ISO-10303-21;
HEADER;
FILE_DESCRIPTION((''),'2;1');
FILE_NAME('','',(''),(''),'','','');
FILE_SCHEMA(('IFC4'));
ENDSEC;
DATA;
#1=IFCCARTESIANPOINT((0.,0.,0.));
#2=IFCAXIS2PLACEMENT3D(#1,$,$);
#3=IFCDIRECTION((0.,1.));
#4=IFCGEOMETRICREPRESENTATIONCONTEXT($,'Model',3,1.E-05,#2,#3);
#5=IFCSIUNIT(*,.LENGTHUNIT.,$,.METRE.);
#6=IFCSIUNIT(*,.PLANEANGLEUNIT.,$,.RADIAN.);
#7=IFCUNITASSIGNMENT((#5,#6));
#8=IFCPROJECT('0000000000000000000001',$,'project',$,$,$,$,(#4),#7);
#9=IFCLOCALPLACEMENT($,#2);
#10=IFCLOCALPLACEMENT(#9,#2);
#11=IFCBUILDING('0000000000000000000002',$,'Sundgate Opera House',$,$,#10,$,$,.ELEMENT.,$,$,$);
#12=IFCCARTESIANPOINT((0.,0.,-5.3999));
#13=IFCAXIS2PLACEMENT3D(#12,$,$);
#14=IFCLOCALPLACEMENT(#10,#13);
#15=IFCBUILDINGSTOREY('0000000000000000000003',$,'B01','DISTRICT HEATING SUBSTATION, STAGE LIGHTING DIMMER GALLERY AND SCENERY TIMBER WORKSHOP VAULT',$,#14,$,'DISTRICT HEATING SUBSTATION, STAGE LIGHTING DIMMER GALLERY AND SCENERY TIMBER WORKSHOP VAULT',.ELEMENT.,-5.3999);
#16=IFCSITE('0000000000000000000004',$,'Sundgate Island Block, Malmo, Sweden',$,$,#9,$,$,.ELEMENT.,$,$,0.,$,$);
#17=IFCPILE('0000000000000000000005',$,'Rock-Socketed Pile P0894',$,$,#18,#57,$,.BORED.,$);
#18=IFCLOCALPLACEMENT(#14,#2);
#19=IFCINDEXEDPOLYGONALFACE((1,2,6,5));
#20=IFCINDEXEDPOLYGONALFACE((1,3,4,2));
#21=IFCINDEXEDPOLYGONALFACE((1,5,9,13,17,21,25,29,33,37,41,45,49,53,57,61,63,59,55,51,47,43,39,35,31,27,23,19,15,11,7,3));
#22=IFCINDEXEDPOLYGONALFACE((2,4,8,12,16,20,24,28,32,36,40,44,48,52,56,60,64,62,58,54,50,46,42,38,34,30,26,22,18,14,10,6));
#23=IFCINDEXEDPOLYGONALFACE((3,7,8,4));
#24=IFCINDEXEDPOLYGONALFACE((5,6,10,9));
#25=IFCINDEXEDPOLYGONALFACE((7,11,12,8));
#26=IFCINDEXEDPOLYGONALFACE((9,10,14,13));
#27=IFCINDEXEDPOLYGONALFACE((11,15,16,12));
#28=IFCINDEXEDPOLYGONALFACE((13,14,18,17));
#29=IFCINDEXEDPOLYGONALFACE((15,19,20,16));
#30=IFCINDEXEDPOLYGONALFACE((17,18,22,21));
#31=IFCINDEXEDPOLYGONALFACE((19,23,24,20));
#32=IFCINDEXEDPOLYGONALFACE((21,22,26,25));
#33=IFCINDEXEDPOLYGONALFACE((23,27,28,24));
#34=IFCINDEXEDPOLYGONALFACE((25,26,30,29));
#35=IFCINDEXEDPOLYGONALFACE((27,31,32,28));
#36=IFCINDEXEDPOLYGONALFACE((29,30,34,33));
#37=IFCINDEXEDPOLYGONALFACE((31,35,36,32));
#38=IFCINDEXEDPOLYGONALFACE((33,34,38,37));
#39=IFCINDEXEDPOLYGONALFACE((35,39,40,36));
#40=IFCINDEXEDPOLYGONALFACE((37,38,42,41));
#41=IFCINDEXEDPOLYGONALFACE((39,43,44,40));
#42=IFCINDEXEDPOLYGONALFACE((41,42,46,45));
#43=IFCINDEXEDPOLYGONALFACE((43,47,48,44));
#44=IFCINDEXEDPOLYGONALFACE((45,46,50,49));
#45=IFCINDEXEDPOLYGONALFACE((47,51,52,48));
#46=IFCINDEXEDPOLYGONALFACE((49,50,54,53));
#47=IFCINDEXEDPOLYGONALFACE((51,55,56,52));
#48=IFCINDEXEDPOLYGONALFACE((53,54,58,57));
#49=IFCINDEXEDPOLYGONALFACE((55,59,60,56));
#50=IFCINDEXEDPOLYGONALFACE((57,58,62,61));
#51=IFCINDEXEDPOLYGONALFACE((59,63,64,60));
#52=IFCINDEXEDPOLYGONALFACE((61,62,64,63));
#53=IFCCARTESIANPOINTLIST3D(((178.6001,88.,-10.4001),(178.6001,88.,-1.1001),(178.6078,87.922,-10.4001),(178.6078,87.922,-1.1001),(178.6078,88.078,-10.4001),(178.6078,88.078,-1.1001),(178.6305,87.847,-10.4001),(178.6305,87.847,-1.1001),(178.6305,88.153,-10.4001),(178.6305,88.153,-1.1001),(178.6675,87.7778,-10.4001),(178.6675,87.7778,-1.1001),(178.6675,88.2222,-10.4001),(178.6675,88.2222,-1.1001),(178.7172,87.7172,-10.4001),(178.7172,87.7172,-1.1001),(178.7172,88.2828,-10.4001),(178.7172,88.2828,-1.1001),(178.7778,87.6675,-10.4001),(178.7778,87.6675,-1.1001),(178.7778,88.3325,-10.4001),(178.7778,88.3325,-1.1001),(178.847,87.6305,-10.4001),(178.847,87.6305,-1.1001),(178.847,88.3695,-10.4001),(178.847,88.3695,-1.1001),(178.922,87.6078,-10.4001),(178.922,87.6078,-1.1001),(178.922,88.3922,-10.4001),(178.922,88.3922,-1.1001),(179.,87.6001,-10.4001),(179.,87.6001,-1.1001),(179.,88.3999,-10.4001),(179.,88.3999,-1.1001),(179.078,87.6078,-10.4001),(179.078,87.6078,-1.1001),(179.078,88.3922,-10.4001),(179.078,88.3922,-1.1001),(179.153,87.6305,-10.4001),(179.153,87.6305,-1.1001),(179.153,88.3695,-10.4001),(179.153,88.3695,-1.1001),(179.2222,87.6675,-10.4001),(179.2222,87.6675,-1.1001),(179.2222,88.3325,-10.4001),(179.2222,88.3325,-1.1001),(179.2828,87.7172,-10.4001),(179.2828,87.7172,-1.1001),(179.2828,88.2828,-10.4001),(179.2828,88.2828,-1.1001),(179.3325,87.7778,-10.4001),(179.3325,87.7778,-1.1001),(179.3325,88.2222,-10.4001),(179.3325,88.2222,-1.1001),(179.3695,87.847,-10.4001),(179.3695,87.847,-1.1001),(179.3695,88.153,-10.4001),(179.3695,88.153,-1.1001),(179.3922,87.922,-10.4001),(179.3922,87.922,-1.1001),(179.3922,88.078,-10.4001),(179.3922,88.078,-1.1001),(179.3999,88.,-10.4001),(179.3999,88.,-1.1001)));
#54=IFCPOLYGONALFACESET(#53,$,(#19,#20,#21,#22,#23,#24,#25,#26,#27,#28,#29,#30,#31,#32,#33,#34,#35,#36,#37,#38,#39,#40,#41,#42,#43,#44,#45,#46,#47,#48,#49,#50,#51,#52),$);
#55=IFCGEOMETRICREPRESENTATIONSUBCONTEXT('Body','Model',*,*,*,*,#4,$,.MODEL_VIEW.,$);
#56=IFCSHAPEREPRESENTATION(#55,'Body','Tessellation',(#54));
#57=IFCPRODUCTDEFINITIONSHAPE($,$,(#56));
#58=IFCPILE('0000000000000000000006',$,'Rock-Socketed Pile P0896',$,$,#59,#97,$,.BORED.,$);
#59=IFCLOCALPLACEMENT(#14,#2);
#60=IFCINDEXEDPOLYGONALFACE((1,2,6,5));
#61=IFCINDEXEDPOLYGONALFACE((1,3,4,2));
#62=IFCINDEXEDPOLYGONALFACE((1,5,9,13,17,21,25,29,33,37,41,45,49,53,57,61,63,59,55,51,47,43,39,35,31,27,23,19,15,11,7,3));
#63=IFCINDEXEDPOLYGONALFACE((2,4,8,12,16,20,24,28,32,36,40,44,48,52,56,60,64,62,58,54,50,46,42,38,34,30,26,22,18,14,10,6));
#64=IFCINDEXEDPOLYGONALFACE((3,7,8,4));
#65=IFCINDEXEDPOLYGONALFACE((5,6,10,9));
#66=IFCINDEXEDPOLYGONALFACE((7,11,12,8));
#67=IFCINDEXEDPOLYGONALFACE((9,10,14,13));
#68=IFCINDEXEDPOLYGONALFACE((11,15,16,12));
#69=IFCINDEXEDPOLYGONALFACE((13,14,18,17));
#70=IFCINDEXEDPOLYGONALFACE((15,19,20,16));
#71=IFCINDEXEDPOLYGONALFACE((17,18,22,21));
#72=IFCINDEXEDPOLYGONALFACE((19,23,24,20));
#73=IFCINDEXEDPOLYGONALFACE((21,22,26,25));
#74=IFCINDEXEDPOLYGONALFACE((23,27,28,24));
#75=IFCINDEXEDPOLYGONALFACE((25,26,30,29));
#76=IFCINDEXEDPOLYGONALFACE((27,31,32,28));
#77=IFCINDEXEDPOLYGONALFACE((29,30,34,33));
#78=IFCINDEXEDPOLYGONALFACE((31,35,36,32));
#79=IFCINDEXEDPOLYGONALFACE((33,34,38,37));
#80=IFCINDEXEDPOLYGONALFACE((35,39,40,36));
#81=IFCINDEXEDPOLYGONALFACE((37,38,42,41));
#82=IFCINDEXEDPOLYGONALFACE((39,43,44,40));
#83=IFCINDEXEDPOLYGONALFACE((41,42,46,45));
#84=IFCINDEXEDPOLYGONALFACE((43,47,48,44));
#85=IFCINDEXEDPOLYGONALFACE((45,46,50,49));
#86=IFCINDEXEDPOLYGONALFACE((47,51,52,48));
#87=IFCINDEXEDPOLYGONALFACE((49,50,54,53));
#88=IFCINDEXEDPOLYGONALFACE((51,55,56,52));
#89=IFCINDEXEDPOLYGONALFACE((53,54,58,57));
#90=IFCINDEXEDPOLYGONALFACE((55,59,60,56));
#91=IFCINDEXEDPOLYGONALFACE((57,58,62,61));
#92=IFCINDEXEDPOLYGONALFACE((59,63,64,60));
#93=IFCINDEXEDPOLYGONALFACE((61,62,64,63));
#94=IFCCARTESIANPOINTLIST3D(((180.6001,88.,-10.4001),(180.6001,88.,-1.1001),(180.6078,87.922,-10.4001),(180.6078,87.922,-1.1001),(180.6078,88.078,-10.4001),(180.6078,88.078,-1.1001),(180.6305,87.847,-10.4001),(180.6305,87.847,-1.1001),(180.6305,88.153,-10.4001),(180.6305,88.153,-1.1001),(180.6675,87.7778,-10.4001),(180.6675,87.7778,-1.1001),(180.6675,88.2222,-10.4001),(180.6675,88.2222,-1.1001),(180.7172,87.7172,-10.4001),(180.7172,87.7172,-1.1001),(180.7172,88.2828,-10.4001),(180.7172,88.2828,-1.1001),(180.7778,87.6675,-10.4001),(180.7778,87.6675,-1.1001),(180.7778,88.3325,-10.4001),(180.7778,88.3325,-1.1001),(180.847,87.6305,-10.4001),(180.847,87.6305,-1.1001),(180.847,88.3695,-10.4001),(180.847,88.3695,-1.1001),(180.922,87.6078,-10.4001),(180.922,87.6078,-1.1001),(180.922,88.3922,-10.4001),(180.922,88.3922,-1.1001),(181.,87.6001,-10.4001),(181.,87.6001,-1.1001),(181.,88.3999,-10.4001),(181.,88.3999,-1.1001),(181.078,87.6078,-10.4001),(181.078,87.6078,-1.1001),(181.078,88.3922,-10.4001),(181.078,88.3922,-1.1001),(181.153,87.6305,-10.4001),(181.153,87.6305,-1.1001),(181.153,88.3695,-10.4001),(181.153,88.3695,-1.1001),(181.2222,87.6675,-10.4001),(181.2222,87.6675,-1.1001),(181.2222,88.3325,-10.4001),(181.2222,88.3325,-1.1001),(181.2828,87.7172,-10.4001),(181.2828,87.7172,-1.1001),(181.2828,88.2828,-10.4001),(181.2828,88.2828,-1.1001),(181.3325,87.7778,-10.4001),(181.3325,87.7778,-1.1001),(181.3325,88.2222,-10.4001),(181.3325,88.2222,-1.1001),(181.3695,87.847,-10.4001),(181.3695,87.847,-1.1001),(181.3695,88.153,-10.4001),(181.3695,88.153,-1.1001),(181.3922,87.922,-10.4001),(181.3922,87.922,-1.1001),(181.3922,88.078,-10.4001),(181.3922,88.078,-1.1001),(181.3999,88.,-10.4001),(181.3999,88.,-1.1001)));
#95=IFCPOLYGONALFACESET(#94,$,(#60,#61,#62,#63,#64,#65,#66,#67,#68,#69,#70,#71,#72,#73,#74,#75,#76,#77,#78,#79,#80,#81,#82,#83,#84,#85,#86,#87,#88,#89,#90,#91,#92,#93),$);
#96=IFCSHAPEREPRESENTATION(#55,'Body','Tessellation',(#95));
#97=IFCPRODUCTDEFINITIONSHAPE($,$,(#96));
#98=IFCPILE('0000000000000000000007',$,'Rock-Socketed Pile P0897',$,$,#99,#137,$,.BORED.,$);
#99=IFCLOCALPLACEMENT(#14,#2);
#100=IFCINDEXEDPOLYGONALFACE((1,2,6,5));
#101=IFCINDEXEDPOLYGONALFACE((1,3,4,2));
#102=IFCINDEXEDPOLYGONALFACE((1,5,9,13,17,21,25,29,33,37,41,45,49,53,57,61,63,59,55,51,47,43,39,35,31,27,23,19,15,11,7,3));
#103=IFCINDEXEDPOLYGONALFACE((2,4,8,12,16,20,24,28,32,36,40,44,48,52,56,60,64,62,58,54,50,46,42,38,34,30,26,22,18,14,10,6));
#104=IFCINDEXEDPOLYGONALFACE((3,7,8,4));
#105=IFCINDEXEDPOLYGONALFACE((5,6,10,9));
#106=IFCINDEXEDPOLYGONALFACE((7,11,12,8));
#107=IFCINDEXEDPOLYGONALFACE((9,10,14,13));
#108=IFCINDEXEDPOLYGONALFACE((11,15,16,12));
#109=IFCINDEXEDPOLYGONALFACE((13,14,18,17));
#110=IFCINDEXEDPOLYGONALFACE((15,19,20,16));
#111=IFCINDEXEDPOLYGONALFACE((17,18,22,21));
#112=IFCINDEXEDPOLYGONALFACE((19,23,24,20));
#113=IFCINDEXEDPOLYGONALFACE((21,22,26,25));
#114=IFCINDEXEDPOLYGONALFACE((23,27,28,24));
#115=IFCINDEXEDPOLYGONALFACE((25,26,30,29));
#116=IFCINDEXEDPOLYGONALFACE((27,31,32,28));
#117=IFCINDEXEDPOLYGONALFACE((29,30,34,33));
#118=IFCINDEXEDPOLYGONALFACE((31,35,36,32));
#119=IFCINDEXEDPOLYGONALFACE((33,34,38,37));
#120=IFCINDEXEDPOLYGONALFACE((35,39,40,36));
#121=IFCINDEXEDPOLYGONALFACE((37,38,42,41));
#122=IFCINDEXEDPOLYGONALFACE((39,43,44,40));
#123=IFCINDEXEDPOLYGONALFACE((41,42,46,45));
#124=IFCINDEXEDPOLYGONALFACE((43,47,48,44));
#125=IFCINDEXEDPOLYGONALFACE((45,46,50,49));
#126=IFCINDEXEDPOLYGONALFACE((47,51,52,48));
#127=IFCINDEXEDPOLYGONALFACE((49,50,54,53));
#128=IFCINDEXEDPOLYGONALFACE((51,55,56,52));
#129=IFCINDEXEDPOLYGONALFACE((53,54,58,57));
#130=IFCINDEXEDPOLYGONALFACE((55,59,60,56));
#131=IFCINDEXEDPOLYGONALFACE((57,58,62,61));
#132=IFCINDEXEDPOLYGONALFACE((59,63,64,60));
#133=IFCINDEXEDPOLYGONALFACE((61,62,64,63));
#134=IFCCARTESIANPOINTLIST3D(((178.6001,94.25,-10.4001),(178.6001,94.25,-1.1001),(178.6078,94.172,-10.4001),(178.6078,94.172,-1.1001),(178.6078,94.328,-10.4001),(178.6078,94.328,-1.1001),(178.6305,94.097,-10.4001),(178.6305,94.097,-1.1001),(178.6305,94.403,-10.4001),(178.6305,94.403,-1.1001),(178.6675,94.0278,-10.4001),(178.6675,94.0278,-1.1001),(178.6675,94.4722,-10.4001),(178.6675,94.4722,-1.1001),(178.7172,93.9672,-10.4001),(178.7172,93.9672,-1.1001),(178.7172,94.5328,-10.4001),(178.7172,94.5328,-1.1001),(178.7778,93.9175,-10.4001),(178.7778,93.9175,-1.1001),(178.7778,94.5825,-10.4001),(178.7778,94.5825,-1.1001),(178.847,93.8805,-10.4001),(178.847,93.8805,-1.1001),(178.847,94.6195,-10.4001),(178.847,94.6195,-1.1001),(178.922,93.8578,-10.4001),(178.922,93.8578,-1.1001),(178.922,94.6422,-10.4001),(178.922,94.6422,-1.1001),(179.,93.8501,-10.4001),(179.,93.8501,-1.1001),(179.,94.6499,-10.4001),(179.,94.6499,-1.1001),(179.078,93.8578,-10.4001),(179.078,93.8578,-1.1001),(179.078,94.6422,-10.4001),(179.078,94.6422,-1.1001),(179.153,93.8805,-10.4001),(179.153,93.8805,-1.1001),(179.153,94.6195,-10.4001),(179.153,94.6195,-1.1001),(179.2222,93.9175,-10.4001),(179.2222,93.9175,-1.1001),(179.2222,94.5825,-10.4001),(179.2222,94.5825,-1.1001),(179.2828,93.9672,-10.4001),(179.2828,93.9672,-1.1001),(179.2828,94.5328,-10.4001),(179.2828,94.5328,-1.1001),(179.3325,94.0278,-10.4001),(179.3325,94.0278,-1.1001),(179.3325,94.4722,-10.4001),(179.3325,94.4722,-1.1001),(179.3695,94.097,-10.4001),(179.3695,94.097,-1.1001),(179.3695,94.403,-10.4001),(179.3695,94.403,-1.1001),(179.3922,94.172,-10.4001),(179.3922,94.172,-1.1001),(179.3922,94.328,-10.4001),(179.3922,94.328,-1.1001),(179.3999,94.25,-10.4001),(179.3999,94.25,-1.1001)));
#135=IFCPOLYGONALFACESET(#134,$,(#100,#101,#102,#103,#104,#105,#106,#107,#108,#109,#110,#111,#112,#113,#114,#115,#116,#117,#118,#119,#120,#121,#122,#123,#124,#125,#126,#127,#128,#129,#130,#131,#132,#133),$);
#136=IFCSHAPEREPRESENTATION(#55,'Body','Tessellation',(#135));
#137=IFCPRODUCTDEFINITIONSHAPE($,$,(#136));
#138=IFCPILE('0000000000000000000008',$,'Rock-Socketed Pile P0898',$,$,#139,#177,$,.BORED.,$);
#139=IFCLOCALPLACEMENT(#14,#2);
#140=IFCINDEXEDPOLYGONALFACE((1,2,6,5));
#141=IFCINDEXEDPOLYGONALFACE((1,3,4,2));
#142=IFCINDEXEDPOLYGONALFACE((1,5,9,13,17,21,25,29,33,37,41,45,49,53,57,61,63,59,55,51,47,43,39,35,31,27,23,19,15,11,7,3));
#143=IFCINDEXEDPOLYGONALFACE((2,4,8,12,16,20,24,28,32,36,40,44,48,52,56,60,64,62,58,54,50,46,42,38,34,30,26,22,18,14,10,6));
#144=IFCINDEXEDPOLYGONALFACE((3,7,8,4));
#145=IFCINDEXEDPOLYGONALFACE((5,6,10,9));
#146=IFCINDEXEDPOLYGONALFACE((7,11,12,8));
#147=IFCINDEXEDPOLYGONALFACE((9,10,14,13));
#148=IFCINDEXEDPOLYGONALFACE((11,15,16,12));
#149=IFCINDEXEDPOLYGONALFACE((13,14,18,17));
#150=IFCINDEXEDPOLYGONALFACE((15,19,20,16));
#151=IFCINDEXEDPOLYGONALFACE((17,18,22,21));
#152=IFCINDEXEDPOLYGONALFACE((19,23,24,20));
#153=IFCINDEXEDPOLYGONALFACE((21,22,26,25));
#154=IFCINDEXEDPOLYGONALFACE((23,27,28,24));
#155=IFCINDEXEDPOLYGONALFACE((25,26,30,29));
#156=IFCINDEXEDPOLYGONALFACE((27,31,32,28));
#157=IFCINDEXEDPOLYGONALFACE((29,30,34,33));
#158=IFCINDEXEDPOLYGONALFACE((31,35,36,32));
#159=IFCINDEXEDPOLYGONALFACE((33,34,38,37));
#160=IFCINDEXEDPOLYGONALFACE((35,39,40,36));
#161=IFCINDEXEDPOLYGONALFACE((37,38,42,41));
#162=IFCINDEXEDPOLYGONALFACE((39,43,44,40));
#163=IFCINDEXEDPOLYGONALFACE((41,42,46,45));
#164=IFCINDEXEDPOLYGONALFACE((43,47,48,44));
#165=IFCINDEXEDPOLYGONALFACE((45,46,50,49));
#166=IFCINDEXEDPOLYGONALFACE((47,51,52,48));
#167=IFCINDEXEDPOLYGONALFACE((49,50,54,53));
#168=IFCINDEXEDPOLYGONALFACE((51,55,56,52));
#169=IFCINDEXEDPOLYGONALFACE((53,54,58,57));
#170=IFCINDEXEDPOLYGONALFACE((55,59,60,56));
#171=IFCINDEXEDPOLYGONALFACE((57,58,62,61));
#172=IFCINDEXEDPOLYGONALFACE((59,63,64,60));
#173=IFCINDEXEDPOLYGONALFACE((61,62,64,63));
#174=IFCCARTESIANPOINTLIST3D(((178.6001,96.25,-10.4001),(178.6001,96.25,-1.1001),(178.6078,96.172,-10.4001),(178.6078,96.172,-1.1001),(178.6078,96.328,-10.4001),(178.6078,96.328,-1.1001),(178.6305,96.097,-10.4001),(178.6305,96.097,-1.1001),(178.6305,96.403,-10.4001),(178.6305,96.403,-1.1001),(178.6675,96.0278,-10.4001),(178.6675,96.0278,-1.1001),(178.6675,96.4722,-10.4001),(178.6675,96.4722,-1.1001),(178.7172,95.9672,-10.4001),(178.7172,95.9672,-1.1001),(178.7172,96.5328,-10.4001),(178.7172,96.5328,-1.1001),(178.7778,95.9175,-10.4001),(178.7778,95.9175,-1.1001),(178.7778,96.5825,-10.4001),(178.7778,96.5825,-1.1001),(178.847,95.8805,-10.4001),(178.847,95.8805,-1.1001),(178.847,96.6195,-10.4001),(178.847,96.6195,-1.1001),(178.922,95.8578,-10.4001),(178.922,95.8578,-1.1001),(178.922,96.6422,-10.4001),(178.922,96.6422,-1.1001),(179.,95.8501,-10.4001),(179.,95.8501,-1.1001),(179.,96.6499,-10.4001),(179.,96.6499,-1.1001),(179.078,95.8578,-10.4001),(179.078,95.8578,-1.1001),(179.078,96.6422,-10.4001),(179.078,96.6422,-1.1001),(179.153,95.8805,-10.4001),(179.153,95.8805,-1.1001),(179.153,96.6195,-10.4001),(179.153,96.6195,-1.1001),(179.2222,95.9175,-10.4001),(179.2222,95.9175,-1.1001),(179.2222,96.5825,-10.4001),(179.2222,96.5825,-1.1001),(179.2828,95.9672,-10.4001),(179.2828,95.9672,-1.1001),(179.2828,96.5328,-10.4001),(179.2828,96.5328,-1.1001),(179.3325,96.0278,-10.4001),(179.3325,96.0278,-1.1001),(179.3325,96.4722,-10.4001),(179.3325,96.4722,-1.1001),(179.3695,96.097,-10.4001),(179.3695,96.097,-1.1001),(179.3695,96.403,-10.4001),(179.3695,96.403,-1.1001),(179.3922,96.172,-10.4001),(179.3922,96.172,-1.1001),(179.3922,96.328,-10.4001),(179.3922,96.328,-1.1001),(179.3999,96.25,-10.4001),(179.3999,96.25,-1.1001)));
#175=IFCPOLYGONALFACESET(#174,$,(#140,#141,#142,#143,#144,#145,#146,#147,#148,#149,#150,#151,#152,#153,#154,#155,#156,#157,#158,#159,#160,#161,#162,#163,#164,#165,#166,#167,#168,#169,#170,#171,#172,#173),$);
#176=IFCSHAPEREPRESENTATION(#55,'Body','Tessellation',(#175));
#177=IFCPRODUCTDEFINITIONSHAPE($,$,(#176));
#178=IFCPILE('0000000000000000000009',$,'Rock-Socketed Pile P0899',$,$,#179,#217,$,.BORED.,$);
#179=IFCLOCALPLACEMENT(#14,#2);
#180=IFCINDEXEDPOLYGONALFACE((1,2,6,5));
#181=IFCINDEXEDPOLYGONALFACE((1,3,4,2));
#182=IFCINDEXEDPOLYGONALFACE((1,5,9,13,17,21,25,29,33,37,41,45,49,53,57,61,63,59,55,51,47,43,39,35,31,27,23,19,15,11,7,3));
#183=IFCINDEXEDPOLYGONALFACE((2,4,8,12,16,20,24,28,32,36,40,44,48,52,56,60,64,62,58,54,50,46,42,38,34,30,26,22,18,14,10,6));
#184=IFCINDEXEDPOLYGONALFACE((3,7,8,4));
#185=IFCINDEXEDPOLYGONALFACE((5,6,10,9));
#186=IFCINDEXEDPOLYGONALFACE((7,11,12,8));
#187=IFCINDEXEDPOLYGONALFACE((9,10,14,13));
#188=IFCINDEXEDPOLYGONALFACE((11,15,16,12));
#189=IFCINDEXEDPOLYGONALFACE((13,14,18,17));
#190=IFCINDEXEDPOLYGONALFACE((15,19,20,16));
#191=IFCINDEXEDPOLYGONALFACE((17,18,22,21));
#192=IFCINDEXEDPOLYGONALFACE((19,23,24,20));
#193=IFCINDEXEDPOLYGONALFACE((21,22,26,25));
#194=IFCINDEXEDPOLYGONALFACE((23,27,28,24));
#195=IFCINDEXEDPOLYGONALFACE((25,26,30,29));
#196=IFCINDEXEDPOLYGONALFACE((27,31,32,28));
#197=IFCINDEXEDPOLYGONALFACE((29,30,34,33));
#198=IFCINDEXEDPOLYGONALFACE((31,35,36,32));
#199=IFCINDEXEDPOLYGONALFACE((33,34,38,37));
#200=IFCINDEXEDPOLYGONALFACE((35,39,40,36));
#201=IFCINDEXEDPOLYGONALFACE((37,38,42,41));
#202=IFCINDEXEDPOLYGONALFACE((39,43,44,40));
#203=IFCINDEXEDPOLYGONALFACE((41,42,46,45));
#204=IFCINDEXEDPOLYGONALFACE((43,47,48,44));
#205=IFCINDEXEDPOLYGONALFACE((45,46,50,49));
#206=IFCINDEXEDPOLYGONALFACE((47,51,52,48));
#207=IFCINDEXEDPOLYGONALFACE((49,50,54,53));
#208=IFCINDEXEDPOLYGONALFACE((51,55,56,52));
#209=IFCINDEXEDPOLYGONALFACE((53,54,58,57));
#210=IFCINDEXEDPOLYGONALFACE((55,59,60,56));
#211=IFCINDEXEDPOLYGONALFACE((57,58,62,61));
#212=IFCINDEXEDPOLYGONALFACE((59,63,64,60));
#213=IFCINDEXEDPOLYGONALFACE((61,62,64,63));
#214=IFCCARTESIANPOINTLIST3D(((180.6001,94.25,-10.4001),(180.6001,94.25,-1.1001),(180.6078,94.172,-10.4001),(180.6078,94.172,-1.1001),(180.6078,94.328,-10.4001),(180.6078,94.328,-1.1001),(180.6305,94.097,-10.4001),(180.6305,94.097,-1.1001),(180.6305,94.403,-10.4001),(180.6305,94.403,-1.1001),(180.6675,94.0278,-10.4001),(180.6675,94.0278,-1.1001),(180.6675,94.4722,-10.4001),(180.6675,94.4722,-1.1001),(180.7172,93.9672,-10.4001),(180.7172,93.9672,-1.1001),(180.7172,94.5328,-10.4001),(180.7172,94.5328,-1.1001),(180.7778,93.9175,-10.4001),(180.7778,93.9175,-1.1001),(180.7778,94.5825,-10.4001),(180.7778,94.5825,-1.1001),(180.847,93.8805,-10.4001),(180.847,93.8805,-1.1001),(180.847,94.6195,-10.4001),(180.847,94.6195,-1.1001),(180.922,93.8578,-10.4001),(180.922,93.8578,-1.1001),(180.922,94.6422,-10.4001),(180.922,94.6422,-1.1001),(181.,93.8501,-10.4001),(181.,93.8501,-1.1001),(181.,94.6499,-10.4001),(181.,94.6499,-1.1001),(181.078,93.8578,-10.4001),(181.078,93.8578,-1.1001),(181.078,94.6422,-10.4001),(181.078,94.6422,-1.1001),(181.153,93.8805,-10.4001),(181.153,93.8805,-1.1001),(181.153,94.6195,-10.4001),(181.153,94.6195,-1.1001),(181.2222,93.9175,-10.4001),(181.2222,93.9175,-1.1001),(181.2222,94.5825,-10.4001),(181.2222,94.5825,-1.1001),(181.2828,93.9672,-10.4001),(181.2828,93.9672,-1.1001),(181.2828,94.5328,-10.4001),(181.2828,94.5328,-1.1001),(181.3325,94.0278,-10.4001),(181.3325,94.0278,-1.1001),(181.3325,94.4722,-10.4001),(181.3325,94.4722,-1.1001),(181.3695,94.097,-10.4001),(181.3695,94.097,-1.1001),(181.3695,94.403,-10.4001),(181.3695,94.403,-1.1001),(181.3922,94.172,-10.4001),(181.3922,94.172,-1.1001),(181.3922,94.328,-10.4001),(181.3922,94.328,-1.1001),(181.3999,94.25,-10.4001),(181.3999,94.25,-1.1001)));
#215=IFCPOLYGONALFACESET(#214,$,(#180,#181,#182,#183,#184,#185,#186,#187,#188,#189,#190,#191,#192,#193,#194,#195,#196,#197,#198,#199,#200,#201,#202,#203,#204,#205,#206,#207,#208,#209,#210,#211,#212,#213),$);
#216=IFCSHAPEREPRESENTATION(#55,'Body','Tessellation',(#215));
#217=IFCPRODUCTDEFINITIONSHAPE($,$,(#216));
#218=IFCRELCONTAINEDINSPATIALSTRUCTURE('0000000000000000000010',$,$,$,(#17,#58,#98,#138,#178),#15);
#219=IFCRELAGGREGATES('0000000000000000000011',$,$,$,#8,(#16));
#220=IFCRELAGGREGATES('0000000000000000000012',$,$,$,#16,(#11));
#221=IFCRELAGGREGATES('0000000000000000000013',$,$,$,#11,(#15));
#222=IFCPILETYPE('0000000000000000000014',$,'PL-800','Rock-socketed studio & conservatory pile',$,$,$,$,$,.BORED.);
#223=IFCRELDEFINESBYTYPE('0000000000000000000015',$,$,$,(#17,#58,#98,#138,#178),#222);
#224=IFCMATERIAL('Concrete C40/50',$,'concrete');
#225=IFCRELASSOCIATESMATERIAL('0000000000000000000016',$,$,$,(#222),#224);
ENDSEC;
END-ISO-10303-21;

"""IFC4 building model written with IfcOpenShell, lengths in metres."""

from ifc_helpers import new_model, si_unit, direction, frame, origin, origin_2d, place, context, subcontext, project, spatial, circle, extrude, material, material_profile, profile_set, type_object, element, save


model = new_model("IFC4")

# Units and contexts
model_context = context("Model", 3, precision=1e-05, world=origin(), true_north=direction((0.0, 1.0)))
body_context = subcontext(model_context, "Body", "Model", "MODEL_VIEW")
ifc_project = project(units=[si_unit("LENGTHUNIT", "METRE"), si_unit("PLANEANGLEUNIT", "RADIAN")], contexts=[model_context])

# Site, building, storey
site_placement = place(None, origin())
site = spatial("IfcSite", under=ifc_project, at=site_placement, Name="Sundgate Island Block, Malmo, Sweden", CompositionType="ELEMENT", RefElevation=0.0)
building_placement = place(site_placement, origin())
building = spatial("IfcBuilding", under=site, at=building_placement, Name="Sundgate Opera House", CompositionType="ELEMENT")
storey_placement = place(building_placement, frame((0.0, 0.0, -5.3999)))
storey = spatial("IfcBuildingStorey", under=building, at=storey_placement, Name="B01", Description="DISTRICT HEATING SUBSTATION, STAGE LIGHTING DIMMER GALLERY AND SCENERY TIMBER WORKSHOP VAULT", LongName="DISTRICT HEATING SUBSTATION, STAGE LIGHTING DIMMER GALLERY AND SCENERY TIMBER WORKSHOP VAULT", CompositionType="ELEMENT", Elevation=-5.3999)

# Piles
ifc_material_1 = material(Name="Concrete C40/50", Category="concrete")
ifc_material_profile_1 = material_profile(ifc_material_1, circle(Radius=0.3999, at=origin_2d()), Name="PILE D800")
ifc_profile_set_1 = profile_set([ifc_material_profile_1], Name="Concrete C40/50")
pile_type = type_object("IfcPileType", Name="PL-800", Description="Rock-socketed studio & conservatory pile", PredefinedType="BORED", material=ifc_profile_set_1)
for number, where, z_axis, x_axis, name in (
    (1, (179.0, 88.0, -1.1001), (0.0, 0.0, -1.0), (1.0, 0.0, 0.0), "Rock-Socketed Pile P0894"),
    (2, (181.0, 88.0, -1.1001), (0.0, 0.0, -1.0), (1.0, 0.0, 0.0), "Rock-Socketed Pile P0896"),
    (3, (179.0, 94.25, -1.1001), (0.0, 0.0, -1.0), (1.0, 0.0, 0.0), "Rock-Socketed Pile P0897"),
    (4, (179.0, 96.25, -1.1001), (0.0, 0.0, -1.0), (1.0, 0.0, 0.0), "Rock-Socketed Pile P0898"),
    (5, (181.0, 94.25, -1.1001), (0.0, 0.0, -1.0), (1.0, 0.0, 0.0), "Rock-Socketed Pile P0899"),
):
    element("IfcPile", number, at=place(storey_placement, frame(where, z_axis=z_axis, x_axis=x_axis)), inside=storey, type_object=pile_type, Name=name, PredefinedType="BORED", context=body_context, shape_type="SweptSolid", body=[
        extrude(circle(Radius=0.3999, at=origin_2d()), origin(), (0.0, 0.0, 1.0), 9.3),
    ])

save(model, "model.ifc")
